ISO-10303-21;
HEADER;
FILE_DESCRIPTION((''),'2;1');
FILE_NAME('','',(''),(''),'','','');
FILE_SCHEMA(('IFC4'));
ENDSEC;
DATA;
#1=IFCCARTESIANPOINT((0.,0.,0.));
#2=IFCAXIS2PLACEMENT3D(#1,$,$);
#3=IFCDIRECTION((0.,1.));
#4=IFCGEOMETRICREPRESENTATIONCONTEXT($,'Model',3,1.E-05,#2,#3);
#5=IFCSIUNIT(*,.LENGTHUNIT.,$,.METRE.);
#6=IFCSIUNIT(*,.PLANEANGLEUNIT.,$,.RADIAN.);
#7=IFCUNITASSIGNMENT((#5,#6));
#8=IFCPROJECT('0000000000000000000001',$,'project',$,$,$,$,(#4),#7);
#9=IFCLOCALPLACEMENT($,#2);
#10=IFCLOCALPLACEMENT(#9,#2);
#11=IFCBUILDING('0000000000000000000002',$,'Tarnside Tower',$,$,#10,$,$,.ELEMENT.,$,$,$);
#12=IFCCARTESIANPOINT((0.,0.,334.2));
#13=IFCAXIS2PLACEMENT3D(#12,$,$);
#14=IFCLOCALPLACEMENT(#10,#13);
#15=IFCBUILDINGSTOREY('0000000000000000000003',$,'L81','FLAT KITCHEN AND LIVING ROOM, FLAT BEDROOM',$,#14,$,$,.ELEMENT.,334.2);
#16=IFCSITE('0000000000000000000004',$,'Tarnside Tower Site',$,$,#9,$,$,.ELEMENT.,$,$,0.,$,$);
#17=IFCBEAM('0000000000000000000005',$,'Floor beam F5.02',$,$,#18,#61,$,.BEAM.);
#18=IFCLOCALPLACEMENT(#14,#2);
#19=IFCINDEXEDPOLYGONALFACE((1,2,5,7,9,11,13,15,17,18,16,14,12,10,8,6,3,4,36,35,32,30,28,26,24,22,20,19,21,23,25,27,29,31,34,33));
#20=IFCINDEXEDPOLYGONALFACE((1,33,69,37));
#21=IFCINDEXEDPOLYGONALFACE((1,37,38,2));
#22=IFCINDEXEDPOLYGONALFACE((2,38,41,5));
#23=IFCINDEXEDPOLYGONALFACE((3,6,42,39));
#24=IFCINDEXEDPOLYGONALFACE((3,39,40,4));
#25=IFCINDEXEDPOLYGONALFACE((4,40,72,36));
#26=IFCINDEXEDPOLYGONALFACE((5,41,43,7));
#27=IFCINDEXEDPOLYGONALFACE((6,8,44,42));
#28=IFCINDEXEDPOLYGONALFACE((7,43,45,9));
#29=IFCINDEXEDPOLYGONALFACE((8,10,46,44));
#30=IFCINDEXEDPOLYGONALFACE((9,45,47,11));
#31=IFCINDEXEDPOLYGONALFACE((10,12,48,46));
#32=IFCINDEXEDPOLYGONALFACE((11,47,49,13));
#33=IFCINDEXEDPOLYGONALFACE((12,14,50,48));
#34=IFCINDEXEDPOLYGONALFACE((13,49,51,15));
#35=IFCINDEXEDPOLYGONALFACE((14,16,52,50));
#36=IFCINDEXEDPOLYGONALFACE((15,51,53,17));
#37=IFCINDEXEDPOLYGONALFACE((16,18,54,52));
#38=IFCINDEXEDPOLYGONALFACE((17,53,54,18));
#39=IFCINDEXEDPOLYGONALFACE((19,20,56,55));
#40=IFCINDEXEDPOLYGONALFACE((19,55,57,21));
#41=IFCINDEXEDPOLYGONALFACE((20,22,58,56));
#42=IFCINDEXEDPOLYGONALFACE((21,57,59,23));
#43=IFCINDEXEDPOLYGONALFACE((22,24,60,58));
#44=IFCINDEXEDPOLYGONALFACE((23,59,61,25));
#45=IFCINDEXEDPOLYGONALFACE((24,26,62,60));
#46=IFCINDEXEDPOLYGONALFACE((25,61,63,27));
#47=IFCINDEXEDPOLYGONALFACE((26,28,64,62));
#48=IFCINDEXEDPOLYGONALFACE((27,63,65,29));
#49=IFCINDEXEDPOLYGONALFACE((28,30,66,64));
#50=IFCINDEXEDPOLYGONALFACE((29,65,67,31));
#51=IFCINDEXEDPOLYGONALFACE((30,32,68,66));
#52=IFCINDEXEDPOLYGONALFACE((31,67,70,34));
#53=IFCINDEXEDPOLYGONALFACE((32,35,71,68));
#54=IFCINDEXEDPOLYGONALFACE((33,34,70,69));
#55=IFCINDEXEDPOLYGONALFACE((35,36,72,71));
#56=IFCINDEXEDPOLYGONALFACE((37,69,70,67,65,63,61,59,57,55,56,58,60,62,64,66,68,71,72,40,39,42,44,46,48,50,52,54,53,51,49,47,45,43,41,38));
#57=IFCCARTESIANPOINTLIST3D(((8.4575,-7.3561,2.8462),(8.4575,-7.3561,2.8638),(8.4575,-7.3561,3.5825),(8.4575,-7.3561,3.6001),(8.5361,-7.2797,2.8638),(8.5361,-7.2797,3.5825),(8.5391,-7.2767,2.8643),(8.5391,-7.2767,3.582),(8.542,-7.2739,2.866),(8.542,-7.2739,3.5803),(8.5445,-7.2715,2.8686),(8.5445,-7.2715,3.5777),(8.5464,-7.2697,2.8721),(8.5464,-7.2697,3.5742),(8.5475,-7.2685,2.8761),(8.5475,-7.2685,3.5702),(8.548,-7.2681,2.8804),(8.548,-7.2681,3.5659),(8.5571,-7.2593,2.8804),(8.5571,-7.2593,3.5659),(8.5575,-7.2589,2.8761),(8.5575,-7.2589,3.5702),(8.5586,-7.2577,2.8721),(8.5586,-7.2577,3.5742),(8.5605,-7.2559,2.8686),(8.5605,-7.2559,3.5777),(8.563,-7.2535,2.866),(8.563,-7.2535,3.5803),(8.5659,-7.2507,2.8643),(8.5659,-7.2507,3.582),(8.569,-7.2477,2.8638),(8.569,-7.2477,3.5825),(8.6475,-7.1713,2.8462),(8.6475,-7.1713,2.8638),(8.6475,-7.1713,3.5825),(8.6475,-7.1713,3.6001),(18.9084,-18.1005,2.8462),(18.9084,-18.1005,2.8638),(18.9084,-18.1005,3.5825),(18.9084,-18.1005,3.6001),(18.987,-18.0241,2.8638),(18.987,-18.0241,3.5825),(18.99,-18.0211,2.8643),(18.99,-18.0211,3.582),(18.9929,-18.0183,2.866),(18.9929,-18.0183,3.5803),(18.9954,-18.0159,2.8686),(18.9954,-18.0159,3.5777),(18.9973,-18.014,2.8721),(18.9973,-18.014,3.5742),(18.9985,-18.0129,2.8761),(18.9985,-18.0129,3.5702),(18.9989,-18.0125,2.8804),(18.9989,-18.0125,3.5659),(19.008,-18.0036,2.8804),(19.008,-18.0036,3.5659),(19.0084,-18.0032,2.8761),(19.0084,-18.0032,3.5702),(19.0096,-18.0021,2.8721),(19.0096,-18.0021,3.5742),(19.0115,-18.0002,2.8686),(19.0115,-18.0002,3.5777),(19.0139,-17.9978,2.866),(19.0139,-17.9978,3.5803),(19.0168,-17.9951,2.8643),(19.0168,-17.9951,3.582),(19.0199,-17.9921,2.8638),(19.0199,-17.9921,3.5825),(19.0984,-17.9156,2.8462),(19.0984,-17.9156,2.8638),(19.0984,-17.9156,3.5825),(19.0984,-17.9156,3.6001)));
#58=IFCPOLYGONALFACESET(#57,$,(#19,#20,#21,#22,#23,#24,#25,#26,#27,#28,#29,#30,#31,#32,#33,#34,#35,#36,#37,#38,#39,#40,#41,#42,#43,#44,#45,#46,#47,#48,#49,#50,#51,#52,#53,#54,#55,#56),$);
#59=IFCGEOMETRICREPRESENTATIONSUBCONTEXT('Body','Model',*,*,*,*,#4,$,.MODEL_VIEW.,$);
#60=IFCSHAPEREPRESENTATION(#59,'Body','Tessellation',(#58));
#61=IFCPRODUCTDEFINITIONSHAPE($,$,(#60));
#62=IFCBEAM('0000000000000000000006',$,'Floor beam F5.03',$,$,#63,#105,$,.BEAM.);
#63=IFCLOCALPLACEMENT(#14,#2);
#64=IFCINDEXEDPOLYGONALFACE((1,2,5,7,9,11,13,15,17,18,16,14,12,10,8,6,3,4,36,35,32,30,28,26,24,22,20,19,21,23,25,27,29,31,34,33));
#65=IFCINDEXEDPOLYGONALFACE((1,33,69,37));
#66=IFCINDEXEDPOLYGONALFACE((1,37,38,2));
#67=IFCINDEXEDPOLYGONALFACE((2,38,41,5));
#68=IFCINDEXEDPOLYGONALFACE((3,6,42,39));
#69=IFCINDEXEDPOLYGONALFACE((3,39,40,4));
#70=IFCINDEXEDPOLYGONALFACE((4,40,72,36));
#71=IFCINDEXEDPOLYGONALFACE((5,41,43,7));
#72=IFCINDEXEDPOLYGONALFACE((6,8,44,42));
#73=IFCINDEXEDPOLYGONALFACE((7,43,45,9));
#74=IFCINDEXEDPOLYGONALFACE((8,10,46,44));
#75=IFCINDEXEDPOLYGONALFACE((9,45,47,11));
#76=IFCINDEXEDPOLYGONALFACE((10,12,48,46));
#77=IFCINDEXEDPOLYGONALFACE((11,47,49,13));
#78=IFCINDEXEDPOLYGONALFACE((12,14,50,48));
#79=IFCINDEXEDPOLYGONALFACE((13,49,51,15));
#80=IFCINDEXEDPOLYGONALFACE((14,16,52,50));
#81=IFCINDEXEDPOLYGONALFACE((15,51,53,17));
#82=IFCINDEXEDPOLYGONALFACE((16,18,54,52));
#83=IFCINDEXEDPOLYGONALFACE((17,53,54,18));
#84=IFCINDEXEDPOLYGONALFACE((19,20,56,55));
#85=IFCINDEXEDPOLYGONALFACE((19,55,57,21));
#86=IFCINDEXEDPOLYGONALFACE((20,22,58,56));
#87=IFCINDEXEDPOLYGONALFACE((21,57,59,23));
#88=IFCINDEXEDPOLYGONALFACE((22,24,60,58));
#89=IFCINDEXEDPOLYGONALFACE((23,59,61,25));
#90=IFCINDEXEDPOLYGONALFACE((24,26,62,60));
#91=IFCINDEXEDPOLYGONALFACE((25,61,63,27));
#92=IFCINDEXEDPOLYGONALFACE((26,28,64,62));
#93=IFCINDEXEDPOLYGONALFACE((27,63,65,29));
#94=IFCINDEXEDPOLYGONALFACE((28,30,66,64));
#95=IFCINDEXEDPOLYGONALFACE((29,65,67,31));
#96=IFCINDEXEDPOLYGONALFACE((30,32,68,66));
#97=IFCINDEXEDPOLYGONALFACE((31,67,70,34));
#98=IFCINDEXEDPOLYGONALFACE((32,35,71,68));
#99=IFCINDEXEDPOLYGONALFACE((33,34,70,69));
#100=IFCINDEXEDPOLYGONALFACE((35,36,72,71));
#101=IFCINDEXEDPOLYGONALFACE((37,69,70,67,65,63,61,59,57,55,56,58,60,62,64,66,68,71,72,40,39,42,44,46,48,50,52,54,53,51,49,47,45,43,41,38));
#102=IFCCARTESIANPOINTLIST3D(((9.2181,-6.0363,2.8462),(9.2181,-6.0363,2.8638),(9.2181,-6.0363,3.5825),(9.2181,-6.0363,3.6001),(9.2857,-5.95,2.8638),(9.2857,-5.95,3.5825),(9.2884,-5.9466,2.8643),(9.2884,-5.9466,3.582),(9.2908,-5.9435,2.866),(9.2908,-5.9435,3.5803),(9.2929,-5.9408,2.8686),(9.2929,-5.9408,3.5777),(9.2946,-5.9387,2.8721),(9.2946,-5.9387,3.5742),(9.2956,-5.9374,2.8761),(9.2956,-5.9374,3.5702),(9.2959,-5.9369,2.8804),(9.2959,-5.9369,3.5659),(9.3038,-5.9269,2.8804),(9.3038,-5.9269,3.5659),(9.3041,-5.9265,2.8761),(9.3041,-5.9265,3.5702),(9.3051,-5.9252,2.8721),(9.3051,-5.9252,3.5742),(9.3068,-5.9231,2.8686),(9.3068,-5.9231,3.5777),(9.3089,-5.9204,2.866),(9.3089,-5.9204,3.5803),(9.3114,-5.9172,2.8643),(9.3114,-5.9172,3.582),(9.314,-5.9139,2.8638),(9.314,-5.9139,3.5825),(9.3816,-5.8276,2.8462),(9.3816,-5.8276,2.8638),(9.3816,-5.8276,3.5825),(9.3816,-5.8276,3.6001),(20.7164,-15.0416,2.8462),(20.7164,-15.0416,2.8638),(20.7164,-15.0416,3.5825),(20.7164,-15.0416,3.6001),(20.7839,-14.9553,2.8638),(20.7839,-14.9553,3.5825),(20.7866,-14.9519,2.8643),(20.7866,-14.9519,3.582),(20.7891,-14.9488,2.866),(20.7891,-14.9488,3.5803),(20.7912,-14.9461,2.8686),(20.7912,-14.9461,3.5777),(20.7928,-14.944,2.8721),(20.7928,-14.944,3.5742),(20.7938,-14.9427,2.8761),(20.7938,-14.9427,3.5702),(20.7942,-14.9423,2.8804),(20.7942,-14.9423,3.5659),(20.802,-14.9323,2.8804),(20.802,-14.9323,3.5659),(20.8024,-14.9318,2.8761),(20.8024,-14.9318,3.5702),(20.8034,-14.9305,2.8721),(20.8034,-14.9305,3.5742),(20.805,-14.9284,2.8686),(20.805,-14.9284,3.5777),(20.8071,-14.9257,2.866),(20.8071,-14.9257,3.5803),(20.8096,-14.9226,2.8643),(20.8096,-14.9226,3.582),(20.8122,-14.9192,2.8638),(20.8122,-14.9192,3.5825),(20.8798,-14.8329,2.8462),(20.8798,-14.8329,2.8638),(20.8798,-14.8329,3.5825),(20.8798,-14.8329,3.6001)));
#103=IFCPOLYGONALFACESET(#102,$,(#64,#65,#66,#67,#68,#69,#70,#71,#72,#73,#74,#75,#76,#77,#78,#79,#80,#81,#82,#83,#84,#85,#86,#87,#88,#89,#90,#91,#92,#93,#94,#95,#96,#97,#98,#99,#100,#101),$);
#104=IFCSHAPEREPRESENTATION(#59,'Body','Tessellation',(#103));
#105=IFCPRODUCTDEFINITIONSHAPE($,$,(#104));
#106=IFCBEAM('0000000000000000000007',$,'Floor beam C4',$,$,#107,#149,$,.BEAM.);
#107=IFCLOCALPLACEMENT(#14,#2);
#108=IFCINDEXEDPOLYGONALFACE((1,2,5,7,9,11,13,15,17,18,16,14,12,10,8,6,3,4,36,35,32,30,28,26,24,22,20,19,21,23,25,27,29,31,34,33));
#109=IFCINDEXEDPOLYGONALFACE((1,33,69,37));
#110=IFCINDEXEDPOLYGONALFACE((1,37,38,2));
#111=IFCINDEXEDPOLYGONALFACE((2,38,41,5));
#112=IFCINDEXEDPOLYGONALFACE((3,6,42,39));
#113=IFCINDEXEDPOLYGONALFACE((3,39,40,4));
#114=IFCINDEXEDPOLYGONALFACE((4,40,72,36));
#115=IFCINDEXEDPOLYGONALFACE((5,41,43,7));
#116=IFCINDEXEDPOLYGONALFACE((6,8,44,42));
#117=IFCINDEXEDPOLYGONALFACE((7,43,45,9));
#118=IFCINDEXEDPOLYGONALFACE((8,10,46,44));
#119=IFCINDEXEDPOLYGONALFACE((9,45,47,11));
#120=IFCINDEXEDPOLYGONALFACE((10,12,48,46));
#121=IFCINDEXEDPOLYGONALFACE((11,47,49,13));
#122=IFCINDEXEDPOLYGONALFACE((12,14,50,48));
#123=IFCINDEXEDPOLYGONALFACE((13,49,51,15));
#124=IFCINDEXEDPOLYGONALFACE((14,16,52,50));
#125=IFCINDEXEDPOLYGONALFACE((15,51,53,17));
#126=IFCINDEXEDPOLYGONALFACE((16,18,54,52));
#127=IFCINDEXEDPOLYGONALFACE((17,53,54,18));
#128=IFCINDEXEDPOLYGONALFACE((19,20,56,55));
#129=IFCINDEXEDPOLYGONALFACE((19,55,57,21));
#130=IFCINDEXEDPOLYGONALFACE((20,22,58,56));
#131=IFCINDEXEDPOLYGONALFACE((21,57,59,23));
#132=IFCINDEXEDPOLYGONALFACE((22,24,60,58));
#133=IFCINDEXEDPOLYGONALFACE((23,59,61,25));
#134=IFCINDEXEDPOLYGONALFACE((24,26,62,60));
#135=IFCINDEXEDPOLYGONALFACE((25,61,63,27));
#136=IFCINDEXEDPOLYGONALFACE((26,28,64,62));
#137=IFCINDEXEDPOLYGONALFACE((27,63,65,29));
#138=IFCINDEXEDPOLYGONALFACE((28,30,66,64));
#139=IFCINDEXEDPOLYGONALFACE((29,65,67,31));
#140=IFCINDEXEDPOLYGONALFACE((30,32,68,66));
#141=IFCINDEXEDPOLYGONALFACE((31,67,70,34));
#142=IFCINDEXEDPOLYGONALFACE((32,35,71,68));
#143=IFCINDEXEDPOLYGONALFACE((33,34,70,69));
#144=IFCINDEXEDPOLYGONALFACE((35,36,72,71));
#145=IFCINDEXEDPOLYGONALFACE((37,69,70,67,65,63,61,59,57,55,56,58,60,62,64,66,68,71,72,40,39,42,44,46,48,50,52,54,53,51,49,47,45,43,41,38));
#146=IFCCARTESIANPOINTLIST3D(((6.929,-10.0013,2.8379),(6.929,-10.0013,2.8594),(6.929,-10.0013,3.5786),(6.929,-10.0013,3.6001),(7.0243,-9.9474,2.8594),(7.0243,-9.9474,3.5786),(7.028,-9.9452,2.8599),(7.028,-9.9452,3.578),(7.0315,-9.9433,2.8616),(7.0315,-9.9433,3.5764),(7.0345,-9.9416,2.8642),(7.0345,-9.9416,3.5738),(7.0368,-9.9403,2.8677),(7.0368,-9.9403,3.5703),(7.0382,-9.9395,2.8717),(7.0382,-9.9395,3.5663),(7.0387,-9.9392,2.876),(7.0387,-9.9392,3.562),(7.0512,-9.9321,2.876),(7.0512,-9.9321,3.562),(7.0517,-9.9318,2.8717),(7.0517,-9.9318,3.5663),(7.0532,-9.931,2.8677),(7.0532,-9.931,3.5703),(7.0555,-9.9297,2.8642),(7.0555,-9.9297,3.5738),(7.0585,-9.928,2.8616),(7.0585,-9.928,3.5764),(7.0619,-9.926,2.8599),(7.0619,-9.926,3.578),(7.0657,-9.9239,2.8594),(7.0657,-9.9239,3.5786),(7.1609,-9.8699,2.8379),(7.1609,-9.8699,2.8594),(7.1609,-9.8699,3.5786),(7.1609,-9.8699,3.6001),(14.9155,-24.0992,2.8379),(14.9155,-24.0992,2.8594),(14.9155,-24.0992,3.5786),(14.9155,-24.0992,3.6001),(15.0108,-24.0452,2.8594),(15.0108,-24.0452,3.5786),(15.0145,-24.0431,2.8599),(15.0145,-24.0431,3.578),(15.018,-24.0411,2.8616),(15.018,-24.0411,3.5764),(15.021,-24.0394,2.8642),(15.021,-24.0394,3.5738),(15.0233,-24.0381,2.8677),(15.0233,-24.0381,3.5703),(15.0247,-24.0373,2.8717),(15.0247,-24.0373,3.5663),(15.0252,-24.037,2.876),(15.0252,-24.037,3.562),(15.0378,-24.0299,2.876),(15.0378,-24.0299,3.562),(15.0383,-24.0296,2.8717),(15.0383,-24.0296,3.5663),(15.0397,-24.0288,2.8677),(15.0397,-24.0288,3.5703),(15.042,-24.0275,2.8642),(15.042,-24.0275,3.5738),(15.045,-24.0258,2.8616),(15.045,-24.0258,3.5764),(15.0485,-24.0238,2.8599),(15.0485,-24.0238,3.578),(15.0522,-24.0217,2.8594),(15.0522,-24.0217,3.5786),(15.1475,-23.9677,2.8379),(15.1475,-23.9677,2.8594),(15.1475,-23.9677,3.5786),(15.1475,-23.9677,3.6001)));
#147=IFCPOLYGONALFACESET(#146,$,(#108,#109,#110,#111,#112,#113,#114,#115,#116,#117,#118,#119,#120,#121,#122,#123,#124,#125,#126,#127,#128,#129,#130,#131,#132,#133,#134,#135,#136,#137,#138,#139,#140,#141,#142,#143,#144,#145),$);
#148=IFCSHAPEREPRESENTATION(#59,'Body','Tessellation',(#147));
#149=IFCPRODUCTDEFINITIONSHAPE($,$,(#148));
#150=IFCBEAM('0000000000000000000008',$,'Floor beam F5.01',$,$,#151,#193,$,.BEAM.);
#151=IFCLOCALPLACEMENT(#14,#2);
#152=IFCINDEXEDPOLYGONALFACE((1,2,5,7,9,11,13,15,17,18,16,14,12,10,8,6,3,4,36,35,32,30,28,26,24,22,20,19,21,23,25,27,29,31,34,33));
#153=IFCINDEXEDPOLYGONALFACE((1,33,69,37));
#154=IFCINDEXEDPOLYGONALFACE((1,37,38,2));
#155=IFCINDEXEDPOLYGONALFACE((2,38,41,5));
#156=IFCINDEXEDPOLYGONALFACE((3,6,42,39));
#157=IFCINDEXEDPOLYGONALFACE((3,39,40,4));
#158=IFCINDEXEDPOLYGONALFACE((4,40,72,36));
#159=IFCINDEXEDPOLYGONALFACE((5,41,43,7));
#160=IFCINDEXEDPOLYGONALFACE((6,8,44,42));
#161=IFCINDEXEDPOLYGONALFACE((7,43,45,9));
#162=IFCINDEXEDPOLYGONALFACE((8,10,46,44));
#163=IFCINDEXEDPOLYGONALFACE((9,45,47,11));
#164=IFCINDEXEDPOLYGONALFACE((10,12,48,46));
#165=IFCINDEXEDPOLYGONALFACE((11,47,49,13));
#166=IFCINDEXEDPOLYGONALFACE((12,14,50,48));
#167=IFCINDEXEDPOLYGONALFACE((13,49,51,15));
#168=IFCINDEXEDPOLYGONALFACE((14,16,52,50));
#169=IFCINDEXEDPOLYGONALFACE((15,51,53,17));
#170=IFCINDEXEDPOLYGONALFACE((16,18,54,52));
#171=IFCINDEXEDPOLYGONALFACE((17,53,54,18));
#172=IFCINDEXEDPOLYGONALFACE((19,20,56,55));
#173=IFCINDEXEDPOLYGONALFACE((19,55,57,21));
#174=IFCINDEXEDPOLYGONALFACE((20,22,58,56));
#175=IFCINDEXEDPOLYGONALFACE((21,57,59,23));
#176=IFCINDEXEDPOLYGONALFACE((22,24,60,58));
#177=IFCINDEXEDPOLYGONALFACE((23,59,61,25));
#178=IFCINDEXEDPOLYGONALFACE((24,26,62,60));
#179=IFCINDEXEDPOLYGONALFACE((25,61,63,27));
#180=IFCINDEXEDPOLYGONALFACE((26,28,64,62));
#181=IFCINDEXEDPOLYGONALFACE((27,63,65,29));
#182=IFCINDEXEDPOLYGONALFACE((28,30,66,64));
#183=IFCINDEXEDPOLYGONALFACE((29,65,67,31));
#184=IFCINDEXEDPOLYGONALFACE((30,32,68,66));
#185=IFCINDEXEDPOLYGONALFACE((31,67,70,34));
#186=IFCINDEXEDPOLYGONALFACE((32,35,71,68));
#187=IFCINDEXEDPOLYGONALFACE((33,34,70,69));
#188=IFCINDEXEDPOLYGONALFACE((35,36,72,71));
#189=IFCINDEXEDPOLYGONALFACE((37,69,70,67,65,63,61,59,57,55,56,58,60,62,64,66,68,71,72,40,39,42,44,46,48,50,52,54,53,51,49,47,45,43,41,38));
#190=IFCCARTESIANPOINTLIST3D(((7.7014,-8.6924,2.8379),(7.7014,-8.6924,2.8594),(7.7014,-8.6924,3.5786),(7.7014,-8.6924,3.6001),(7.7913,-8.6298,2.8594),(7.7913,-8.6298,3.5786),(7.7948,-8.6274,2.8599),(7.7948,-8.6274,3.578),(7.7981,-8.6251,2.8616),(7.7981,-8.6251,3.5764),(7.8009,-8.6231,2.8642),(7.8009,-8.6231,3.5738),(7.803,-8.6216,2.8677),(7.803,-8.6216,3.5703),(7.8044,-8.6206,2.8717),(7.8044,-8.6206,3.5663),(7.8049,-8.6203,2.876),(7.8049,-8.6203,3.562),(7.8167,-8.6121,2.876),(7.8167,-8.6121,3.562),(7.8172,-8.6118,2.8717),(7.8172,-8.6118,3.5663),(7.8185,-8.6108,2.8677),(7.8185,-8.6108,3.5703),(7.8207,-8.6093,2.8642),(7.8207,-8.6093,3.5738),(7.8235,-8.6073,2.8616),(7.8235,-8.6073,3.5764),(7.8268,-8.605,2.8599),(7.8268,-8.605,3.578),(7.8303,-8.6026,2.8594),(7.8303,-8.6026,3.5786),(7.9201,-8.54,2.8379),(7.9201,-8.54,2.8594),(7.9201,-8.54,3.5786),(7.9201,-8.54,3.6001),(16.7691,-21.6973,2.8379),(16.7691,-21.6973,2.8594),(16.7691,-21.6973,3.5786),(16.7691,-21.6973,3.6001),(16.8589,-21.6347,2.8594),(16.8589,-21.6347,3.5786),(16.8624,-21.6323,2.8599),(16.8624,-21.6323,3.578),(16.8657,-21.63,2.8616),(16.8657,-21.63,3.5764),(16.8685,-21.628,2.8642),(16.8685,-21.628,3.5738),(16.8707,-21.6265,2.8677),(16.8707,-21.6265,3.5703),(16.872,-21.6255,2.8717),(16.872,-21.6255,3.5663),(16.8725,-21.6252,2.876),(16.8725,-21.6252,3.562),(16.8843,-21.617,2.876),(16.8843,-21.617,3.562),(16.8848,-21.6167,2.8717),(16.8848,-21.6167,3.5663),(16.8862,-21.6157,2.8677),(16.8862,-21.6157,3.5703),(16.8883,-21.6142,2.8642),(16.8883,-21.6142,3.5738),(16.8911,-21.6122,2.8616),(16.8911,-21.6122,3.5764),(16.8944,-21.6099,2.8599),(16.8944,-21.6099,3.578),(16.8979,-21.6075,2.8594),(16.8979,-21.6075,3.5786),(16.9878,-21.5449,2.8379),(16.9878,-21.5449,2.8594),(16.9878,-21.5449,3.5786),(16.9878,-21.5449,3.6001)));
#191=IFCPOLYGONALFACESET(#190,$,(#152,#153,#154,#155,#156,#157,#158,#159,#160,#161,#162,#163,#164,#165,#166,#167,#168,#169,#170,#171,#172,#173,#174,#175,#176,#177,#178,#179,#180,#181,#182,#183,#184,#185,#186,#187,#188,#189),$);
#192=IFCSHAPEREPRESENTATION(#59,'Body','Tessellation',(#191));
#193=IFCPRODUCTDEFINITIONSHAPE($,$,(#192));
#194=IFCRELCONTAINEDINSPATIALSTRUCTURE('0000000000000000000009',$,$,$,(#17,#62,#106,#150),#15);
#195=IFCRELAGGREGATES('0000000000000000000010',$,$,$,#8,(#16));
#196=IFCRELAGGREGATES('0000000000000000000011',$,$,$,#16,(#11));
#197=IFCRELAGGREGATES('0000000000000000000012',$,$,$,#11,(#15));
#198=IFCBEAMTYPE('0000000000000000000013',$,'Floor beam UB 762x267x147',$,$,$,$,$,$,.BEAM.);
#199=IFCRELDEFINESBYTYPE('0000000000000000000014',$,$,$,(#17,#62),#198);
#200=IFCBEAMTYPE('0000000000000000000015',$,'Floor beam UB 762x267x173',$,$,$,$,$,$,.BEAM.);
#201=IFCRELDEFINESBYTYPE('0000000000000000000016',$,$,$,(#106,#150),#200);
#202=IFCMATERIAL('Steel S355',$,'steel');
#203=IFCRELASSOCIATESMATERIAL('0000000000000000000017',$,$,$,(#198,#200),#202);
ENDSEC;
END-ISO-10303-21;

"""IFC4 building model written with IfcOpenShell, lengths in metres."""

from ifc_helpers import new_model, si_unit, direction, frame, origin, origin_2d, place, context, subcontext, project, spatial, i_section, extrude, material, material_profile, profile_set, type_object, element, save


model = new_model("IFC4")

# Units and contexts
model_context = context("Model", 3, precision=1e-05, world=origin(), true_north=direction((0.0, 1.0)))
body_context = subcontext(model_context, "Body", "Model", "MODEL_VIEW")
ifc_project = project(units=[si_unit("LENGTHUNIT", "METRE"), si_unit("PLANEANGLEUNIT", "RADIAN")], contexts=[model_context])

# Site, building, storey
site_placement = place(None, origin())
site = spatial("IfcSite", under=ifc_project, at=site_placement, Name="Tarnside Tower Site", CompositionType="ELEMENT", RefElevation=0.0)
building_placement = place(site_placement, origin())
building = spatial("IfcBuilding", under=site, at=building_placement, Name="Tarnside Tower", CompositionType="ELEMENT")
storey_placement = place(building_placement, frame((0.0, 0.0, 334.2)))
storey = spatial("IfcBuildingStorey", under=building, at=storey_placement, Name="L81", Description="FLAT KITCHEN AND LIVING ROOM, FLAT BEDROOM", CompositionType="ELEMENT", Elevation=334.2)

# Beams
ifc_material_1 = material(Name="Steel S355", Category="steel")
ifc_material_profile_1 = material_profile(ifc_material_1, i_section(OverallWidth=0.2651, OverallDepth=0.7539, WebThickness=0.0127, FlangeThickness=0.0176, FilletRadius=0.0166, at=origin_2d()), Name="UB 762x267x147")
ifc_profile_set_1 = profile_set([ifc_material_profile_1], Name="Steel S355")
beam_type_1 = type_object("IfcBeamType", Name="Floor beam UB 762x267x147", PredefinedType="BEAM", material=ifc_profile_set_1)
beam_1_placement = place(storey_placement, frame((19.0034, -18.0081, 3.2231), z_axis=(-0.69725, 0.716828, 0.0), x_axis=(-0.716828, -0.69725, 0.0)))
element("IfcBeam", 1, at=beam_1_placement, inside=storey, type_object=beam_type_1, Name="Floor beam F5.02", PredefinedType="BEAM", context=body_context, shape_type="SweptSolid", body=[
    extrude(i_section(OverallWidth=0.2651, OverallDepth=0.7539, WebThickness=0.0127, FlangeThickness=0.0176, FilletRadius=0.0166, at=origin_2d()), origin(), (0.0, 0.0, 1.0), 14.9888),
])
beam_2_placement = place(storey_placement, frame((20.7981, -14.9373, 3.2231), z_axis=(-0.787282, 0.616593, 0.0), x_axis=(-0.616593, -0.787282, 0.0)))
element("IfcBeam", 2, at=beam_2_placement, inside=storey, type_object=beam_type_1, Name="Floor beam F5.03", PredefinedType="BEAM", context=body_context, shape_type="SweptSolid", body=[
    extrude(i_section(OverallWidth=0.2651, OverallDepth=0.7539, WebThickness=0.0127, FlangeThickness=0.0176, FilletRadius=0.0166, at=origin_2d()), origin(), (0.0, 0.0, 1.0), 14.605),
])
ifc_material_profile_2 = material_profile(ifc_material_1, i_section(OverallWidth=0.2666, OverallDepth=0.7622, WebThickness=0.0144, FlangeThickness=0.0215, FilletRadius=0.0166, at=origin_2d()), Name="UB 762x267x173")
ifc_profile_set_2 = profile_set([ifc_material_profile_2], Name="Steel S355")
beam_type_2 = type_object("IfcBeamType", Name="Floor beam UB 762x267x173", PredefinedType="BEAM", material=ifc_profile_set_2)
beam_3_placement = place(storey_placement, frame((15.0315, -24.0334, 3.219), z_axis=(-0.492908, 0.870081, 0.0), x_axis=(-0.870081, -0.492908, 0.0)))
element("IfcBeam", 3, at=beam_3_placement, inside=storey, type_object=beam_type_2, Name="Floor beam C4", PredefinedType="BEAM", context=body_context, shape_type="SweptSolid", body=[
    extrude(i_section(OverallWidth=0.2666, OverallDepth=0.7622, WebThickness=0.0144, FlangeThickness=0.0215, FilletRadius=0.0166, at=origin_2d()), origin(), (0.0, 0.0, 1.0), 16.2029),
])
beam_4_placement = place(storey_placement, frame((16.8784, -21.6211, 3.219), z_axis=(-0.571946, 0.820291, 0.0), x_axis=(-0.820291, -0.571946, 0.0)))
element("IfcBeam", 4, at=beam_4_placement, inside=storey, type_object=beam_type_2, Name="Floor beam F5.01", PredefinedType="BEAM", context=body_context, shape_type="SweptSolid", body=[
    extrude(i_section(OverallWidth=0.2666, OverallDepth=0.7622, WebThickness=0.0144, FlangeThickness=0.0215, FilletRadius=0.0166, at=origin_2d()), origin(), (0.0, 0.0, 1.0), 15.854),
])

save(model, "model.ifc")
